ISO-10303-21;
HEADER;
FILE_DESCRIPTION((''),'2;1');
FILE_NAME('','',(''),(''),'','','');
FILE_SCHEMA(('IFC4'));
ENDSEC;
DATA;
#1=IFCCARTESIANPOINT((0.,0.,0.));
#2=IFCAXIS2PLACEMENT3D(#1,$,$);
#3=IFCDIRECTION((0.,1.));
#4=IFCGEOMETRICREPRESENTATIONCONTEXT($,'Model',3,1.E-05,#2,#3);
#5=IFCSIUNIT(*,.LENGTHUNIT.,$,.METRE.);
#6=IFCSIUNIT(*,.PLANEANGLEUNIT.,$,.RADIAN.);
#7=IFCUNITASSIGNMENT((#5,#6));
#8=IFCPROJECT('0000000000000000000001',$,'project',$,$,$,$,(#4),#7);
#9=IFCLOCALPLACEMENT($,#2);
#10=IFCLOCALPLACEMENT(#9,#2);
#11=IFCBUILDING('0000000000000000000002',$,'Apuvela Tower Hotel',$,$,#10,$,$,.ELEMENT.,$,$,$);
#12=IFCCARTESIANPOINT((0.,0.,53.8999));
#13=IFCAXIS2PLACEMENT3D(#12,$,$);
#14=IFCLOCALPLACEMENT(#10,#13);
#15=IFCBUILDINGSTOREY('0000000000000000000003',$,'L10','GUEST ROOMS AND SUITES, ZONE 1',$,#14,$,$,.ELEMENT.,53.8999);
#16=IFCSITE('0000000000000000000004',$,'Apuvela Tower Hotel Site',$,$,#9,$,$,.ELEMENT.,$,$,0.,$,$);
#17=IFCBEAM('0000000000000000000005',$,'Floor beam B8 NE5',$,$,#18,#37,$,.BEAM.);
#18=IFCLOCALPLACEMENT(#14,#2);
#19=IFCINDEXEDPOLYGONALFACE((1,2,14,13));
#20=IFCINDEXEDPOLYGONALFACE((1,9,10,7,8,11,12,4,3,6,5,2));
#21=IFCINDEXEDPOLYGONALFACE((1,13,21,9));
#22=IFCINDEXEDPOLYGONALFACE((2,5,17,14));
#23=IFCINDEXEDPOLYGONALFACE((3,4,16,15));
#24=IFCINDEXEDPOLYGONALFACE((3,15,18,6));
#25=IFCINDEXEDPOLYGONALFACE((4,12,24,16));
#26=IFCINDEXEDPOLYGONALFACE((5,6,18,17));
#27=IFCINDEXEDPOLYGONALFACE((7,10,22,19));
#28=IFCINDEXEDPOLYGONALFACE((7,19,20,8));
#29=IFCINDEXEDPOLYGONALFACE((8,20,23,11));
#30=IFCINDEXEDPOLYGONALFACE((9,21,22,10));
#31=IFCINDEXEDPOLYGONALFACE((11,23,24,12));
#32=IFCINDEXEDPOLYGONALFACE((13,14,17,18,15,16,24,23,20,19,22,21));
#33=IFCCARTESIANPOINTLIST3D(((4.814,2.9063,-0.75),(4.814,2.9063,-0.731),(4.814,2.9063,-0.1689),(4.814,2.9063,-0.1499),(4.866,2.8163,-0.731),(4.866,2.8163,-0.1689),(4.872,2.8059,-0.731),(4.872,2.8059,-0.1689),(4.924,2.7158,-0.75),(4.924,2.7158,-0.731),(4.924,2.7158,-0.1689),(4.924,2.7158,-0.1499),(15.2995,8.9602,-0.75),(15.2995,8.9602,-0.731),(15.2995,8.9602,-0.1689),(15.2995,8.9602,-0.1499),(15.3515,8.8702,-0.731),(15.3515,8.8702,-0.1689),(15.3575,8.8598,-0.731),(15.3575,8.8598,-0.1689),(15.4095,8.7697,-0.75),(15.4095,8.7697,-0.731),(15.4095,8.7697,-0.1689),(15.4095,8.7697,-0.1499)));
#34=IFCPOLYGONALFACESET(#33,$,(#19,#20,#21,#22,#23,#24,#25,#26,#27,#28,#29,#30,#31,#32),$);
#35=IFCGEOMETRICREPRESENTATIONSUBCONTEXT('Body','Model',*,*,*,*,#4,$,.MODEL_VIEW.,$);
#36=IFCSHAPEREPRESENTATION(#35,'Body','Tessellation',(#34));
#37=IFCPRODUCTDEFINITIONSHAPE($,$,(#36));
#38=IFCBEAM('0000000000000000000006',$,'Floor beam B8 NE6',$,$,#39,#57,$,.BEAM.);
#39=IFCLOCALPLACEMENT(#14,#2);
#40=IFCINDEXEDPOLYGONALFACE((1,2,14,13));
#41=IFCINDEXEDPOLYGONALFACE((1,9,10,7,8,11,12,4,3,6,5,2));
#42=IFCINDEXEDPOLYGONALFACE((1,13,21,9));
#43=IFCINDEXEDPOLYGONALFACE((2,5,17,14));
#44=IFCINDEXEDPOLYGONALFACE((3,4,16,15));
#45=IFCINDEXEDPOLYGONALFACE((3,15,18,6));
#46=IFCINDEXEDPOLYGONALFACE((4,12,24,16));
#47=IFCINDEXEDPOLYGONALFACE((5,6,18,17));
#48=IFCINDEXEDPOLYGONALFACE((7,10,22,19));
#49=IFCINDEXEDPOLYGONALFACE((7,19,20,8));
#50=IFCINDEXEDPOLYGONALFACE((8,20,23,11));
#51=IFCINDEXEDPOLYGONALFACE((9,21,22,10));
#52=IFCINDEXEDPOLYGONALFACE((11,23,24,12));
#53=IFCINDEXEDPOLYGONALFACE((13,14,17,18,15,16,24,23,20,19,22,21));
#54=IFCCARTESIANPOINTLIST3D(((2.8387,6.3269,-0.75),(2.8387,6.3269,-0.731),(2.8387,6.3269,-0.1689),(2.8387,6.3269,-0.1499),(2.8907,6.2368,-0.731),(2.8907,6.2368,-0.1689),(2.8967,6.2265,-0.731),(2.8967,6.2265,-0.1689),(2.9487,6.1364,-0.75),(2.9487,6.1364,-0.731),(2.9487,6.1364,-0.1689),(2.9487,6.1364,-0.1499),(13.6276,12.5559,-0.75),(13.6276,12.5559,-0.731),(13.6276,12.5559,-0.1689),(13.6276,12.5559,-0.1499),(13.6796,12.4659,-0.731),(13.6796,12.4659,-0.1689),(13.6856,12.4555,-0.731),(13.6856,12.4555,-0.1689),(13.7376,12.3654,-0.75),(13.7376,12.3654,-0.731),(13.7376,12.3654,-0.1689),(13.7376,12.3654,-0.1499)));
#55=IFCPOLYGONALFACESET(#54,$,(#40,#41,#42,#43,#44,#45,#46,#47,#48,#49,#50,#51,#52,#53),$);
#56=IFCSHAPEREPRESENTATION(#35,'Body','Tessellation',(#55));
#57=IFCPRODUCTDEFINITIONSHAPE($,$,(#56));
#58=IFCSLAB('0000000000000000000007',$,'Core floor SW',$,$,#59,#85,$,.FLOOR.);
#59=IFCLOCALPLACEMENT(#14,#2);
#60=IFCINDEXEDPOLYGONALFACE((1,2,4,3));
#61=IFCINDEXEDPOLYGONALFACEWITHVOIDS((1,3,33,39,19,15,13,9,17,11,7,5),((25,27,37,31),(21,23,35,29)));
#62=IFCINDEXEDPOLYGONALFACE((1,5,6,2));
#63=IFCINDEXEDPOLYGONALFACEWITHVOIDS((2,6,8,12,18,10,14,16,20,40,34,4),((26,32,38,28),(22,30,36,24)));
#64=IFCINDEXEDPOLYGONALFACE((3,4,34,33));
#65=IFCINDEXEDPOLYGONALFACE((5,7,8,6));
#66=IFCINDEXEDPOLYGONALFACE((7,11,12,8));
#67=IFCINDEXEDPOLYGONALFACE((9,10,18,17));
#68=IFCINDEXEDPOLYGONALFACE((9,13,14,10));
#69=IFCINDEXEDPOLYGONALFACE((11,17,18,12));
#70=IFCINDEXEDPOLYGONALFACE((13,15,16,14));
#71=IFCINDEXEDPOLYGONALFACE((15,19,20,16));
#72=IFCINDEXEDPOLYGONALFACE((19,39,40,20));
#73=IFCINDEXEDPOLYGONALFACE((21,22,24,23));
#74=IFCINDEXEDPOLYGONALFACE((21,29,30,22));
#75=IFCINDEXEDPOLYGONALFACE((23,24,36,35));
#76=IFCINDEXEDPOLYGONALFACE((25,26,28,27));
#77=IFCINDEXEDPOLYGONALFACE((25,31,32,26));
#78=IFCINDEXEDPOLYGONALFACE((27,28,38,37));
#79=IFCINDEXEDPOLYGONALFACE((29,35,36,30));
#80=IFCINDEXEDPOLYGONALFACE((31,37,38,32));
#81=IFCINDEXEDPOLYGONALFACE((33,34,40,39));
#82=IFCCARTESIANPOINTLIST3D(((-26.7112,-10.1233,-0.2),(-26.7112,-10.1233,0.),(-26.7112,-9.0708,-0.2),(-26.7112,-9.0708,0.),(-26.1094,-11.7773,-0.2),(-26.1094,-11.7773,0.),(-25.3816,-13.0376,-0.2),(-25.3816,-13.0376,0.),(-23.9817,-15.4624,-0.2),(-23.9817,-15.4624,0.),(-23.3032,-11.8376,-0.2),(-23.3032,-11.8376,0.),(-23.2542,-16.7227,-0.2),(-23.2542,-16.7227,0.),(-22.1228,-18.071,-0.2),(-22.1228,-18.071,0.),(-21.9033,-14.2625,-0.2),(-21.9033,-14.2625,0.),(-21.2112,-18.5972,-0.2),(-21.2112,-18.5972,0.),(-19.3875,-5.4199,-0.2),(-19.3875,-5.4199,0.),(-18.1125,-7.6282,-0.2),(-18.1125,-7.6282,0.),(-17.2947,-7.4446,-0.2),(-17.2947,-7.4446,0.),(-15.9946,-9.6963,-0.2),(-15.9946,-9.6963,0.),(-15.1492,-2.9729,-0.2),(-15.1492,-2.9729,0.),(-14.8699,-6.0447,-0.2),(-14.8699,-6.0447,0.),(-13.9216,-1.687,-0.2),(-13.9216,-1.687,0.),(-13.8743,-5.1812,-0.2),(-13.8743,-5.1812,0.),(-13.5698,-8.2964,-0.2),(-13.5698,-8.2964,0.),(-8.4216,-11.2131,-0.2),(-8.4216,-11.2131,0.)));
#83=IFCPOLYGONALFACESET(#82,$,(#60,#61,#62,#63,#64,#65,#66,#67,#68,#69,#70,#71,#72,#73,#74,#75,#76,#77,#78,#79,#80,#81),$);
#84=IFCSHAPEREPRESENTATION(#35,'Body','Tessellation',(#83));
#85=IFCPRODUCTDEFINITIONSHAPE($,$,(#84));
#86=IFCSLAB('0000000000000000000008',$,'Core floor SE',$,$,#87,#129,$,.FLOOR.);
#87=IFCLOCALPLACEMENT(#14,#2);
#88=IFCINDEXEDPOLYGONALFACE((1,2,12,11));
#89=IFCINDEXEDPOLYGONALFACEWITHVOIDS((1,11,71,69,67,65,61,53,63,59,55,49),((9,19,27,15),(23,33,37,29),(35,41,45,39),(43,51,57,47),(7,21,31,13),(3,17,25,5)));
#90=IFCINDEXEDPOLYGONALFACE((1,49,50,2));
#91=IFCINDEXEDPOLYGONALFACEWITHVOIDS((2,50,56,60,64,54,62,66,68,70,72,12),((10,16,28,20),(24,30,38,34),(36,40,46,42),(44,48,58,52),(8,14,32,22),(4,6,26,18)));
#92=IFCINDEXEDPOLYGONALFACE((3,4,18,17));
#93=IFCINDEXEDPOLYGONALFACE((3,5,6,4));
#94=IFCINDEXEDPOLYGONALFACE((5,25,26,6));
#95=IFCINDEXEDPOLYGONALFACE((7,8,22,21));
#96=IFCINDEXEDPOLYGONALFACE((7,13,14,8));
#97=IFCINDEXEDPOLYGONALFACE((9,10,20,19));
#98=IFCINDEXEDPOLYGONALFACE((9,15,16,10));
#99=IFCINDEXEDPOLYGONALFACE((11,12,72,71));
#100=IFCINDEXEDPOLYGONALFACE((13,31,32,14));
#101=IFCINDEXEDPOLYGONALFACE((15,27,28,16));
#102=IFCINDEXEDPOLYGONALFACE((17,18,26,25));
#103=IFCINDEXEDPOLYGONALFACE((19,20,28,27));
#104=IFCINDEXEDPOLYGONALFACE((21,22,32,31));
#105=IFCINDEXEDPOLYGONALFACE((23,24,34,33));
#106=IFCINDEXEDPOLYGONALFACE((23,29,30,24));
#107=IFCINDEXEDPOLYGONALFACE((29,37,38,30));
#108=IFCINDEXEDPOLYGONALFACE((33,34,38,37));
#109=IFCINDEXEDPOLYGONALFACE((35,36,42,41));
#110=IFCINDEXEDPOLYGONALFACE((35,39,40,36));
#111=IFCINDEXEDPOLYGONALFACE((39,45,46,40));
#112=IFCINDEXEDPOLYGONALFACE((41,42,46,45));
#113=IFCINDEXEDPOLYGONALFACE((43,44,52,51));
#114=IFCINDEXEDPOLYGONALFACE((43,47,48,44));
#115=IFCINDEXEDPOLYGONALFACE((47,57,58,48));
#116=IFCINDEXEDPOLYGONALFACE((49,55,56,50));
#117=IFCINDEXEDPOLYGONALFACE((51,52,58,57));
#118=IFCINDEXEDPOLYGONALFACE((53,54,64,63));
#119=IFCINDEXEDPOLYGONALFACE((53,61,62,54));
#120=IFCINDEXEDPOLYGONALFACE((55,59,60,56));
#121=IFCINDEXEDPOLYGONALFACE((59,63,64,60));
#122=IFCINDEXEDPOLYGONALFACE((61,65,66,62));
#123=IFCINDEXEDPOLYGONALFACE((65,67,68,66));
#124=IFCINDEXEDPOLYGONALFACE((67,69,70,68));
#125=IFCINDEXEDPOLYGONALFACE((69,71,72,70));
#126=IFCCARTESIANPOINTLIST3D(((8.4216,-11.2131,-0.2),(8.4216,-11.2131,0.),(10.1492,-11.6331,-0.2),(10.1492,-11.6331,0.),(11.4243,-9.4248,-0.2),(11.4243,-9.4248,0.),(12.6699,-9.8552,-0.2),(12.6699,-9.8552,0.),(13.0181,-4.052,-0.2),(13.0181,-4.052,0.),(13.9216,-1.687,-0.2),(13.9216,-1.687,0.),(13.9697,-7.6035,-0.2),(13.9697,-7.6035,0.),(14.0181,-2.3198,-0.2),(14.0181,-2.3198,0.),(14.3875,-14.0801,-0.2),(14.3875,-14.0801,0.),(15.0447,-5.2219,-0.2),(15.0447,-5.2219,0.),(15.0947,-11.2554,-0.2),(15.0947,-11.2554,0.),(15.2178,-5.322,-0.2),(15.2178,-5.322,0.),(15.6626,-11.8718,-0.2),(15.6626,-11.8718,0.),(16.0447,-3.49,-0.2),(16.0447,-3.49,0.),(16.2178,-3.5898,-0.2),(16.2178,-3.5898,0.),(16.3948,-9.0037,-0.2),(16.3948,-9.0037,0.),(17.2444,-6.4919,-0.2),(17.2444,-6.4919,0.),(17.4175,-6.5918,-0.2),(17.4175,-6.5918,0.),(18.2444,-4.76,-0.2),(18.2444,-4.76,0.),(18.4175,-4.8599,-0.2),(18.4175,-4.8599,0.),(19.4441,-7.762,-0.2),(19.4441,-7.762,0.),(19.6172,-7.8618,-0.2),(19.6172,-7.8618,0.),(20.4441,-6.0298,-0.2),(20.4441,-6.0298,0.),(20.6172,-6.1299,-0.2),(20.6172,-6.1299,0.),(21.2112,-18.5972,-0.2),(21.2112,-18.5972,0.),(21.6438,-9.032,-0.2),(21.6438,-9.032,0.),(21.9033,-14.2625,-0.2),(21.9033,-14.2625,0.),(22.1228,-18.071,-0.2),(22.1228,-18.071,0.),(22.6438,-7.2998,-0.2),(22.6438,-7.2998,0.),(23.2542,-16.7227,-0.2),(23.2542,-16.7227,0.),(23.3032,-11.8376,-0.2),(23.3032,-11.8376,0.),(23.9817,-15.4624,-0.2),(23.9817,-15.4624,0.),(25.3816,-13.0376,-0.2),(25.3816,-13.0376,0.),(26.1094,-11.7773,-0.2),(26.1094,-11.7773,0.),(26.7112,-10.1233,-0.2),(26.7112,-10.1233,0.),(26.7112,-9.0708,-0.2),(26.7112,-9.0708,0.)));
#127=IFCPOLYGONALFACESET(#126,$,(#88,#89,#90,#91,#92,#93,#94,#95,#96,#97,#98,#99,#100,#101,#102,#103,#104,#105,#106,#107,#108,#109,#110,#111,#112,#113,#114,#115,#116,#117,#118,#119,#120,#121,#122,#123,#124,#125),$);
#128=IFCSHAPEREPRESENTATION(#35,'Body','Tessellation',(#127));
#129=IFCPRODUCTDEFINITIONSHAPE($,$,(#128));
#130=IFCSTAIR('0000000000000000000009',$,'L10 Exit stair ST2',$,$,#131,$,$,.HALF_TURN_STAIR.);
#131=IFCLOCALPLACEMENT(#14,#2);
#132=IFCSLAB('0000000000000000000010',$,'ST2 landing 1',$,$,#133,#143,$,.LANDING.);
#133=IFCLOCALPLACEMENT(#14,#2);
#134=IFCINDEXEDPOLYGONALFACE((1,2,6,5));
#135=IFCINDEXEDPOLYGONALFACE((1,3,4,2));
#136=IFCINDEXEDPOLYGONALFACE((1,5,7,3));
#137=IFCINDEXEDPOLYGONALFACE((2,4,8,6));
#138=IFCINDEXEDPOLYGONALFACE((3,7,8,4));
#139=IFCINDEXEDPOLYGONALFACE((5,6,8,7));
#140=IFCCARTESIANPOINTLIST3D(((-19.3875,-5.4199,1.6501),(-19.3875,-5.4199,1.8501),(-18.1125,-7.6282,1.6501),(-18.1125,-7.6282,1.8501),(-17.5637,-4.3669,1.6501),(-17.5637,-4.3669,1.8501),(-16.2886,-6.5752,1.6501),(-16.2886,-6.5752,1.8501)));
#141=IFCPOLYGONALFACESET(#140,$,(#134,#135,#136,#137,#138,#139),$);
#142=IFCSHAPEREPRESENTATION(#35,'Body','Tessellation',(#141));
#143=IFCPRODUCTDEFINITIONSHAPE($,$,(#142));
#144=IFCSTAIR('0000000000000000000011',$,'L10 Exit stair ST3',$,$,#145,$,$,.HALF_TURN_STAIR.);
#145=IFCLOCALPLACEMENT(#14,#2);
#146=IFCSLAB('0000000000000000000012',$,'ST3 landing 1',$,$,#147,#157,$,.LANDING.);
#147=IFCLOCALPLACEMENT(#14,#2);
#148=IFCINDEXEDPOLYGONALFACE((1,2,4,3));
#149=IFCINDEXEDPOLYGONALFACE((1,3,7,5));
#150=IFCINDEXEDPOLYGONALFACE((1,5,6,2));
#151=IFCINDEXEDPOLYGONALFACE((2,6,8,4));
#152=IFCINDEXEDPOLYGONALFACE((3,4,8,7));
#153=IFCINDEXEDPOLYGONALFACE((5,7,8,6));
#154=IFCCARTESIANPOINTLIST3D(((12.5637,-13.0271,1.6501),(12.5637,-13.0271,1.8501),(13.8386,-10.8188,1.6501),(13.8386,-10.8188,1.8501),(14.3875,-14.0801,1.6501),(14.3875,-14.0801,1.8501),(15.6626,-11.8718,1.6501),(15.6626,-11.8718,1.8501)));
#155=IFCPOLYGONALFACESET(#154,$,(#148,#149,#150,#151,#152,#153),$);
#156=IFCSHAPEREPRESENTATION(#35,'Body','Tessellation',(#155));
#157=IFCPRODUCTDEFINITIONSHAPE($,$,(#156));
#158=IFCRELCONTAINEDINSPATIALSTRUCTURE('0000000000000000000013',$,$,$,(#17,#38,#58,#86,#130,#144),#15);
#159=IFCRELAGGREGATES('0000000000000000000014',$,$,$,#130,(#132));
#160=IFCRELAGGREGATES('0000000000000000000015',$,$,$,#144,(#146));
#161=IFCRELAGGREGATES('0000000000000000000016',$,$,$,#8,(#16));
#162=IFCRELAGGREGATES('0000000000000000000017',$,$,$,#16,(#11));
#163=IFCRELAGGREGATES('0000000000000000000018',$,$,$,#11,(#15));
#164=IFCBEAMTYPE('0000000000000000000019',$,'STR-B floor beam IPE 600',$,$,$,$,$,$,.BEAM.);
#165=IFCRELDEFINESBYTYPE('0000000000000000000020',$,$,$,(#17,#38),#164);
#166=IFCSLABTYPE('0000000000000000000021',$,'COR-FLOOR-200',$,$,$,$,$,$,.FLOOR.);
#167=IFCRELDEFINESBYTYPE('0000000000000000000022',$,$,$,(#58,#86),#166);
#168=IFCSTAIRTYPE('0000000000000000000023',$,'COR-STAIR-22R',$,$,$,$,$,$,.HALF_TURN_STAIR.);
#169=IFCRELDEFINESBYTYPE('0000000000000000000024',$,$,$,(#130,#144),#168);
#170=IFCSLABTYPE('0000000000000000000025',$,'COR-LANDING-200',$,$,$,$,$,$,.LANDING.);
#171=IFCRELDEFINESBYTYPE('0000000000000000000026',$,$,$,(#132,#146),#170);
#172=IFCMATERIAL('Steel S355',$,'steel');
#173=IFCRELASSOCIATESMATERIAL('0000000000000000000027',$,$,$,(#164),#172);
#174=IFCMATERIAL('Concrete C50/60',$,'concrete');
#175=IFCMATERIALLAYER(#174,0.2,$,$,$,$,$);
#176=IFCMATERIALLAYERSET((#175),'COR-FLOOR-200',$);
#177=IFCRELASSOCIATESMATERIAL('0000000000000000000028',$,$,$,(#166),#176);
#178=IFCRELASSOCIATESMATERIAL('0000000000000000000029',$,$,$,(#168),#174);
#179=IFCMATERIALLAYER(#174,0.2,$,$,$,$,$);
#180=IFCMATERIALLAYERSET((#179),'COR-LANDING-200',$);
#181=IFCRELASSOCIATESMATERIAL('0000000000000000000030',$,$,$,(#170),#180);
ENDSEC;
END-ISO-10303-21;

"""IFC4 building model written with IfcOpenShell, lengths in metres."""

from ifc_helpers import new_model, si_unit, direction, frame, origin, origin_2d, place, context, subcontext, project, spatial, polyline, i_section, outline, extrude, material, layer, layer_set, material_profile, profile_set, type_object, element, aggregate, save


model = new_model("IFC4")

# Units and contexts
model_context = context("Model", 3, precision=1e-05, world=origin(), true_north=direction((0.0, 1.0)))
body_context = subcontext(model_context, "Body", "Model", "MODEL_VIEW")
ifc_project = project(units=[si_unit("LENGTHUNIT", "METRE"), si_unit("PLANEANGLEUNIT", "RADIAN")], contexts=[model_context])

# Site, building, storey
site_placement = place(None, origin())
site = spatial("IfcSite", under=ifc_project, at=site_placement, Name="Apuvela Tower Hotel Site", CompositionType="ELEMENT", RefElevation=0.0)
building_placement = place(site_placement, origin())
building = spatial("IfcBuilding", under=site, at=building_placement, Name="Apuvela Tower Hotel", CompositionType="ELEMENT")
storey_placement = place(building_placement, frame((0.0, 0.0, 53.8999)))
storey = spatial("IfcBuildingStorey", under=building, at=storey_placement, Name="L10", Description="GUEST ROOMS AND SUITES, ZONE 1", CompositionType="ELEMENT", Elevation=53.8999)

# Beams
ifc_material_1 = material(Name="Steel S355", Category="steel")
ifc_material_profile = material_profile(ifc_material_1, i_section(OverallWidth=0.22, OverallDepth=0.6001, WebThickness=0.012, FlangeThickness=0.019, at=origin_2d()), Name="IPE 600")
ifc_profile_set = profile_set([ifc_material_profile], Name="Steel S355")
beam_type = type_object("IfcBeamType", Name="STR-B floor beam IPE 600", PredefinedType="BEAM", material=ifc_profile_set)
beam_1_placement = place(storey_placement, frame((15.3545, 8.865, -0.45), z_axis=(-0.866022, -0.500006, 0.0), x_axis=(0.500006, -0.866022, 0.0)))
element("IfcBeam", 1, at=beam_1_placement, inside=storey, type_object=beam_type, Name="Floor beam B8 NE5", PredefinedType="BEAM", context=body_context, shape_type="SweptSolid", body=[
    extrude(i_section(OverallWidth=0.22, OverallDepth=0.6001, WebThickness=0.012, FlangeThickness=0.019, at=origin_2d()), origin(), (0.0, 0.0, 1.0), 12.1077),
])
beam_2_placement = place(storey_placement, frame((13.6826, 12.4607, -0.45), z_axis=(-0.866023, -0.500005, 0.0), x_axis=(0.500005, -0.866023, 0.0)))
element("IfcBeam", 2, at=beam_2_placement, inside=storey, type_object=beam_type, Name="Floor beam B8 NE6", PredefinedType="BEAM", context=body_context, shape_type="SweptSolid", body=[
    extrude(i_section(OverallWidth=0.22, OverallDepth=0.6001, WebThickness=0.012, FlangeThickness=0.019, at=origin_2d()), origin(), (0.0, 0.0, 1.0), 12.458),
])

# Slabs
ifc_material_2 = material(Name="Concrete C50/60", Category="concrete")
ifc_layer_1 = layer(ifc_material_2, 0.2)
ifc_layer_set_1 = layer_set([ifc_layer_1], Name="COR-FLOOR-200")
slab_type_1 = type_object("IfcSlabType", Name="COR-FLOOR-200", PredefinedType="FLOOR", material=ifc_layer_set_1)
slab_1_placement = place(storey_placement, frame((0.0, 0.0, -0.2)))
element("IfcSlab", 3, at=slab_1_placement, inside=storey, type_object=slab_type_1, Name="Core floor SW", PredefinedType="FLOOR", context=body_context, shape_type="SweptSolid", body=[
    extrude(outline(polyline([(-26.7112, -9.0708), (-26.7112, -10.1233), (-26.1094, -11.7773), (-25.3816, -13.0376), (-23.3032, -11.8376), (-21.9033, -14.2625), (-23.9817, -15.4624), (-23.2542, -16.7227), (-22.1228, -18.071), (-21.2112, -18.5972), (-8.4216, -11.2131), (-13.9216, -1.687), (-26.7112, -9.0708)]), holes=[polyline([(-13.8743, -5.1812), (-18.1125, -7.6282), (-19.3875, -5.4199), (-15.1492, -2.9729), (-13.8743, -5.1812)]), polyline([(-13.5698, -8.2964), (-15.9946, -9.6963), (-17.2947, -7.4446), (-14.8699, -6.0447), (-13.5698, -8.2964)])]), origin(), (0.0, 0.0, 1.0), 0.2),
])
slab_2_placement = place(storey_placement, frame((0.0, 0.0, -0.2)))
element("IfcSlab", 4, at=slab_2_placement, inside=storey, type_object=slab_type_1, Name="Core floor SE", PredefinedType="FLOOR", context=body_context, shape_type="SweptSolid", body=[
    extrude(outline(polyline([(21.2112, -18.5972), (22.1228, -18.071), (23.2542, -16.7227), (23.9817, -15.4624), (21.9033, -14.2625), (23.3032, -11.8376), (25.3816, -13.0376), (26.1094, -11.7773), (26.7112, -10.1233), (26.7112, -9.0708), (13.9216, -1.687), (8.4216, -11.2131), (21.2112, -18.5972)]), holes=[polyline([(13.0181, -4.052), (14.0181, -2.3198), (16.0447, -3.49), (15.0447, -5.2219), (13.0181, -4.052)]), polyline([(17.2444, -6.4919), (15.2178, -5.322), (16.2178, -3.5898), (18.2444, -4.76), (17.2444, -6.4919)]), polyline([(14.3875, -14.0801), (10.1492, -11.6331), (11.4243, -9.4248), (15.6626, -11.8718), (14.3875, -14.0801)]), polyline([(12.6699, -9.8552), (13.9697, -7.6035), (16.3948, -9.0037), (15.0947, -11.2554), (12.6699, -9.8552)]), polyline([(19.4441, -7.762), (17.4175, -6.5918), (18.4175, -4.8599), (20.4441, -6.0298), (19.4441, -7.762)]), polyline([(21.6438, -9.032), (19.6172, -7.8618), (20.6172, -6.1299), (22.6438, -7.2998), (21.6438, -9.032)])]), origin(), (0.0, 0.0, 1.0), 0.2),
])

# Stairs, slabs
stair_type = type_object("IfcStairType", Name="COR-STAIR-22R", PredefinedType="HALF_TURN_STAIR", material=ifc_material_2)
stair_1_placement = place(storey_placement, origin())
stair_1 = element("IfcStair", 5, at=stair_1_placement, inside=storey, type_object=stair_type, Name="L10 Exit stair ST2", PredefinedType="HALF_TURN_STAIR")
ifc_layer_2 = layer(ifc_material_2, 0.2)
ifc_layer_set_2 = layer_set([ifc_layer_2], Name="COR-LANDING-200")
slab_type_2 = type_object("IfcSlabType", Name="COR-LANDING-200", PredefinedType="LANDING", material=ifc_layer_set_2)
slab_3_placement = place(storey_placement, frame((0.0, 0.0, 1.6501)))
slab_3 = element("IfcSlab", 6, at=slab_3_placement, type_object=slab_type_2, Name="ST2 landing 1", PredefinedType="LANDING", context=body_context, shape_type="SweptSolid", body=[
    extrude(outline(polyline([(-17.5637, -4.3669), (-19.3875, -5.4199), (-18.1125, -7.6282), (-16.2886, -6.5752), (-17.5637, -4.3669)])), origin(), (0.0, 0.0, 1.0), 0.2),
])
aggregate(stair_1, [slab_3])
stair_2_placement = place(storey_placement, origin())
stair_2 = element("IfcStair", 7, at=stair_2_placement, inside=storey, type_object=stair_type, Name="L10 Exit stair ST3", PredefinedType="HALF_TURN_STAIR")
slab_4_placement = place(storey_placement, frame((0.0, 0.0, 1.6501)))
slab_4 = element("IfcSlab", 8, at=slab_4_placement, type_object=slab_type_2, Name="ST3 landing 1", PredefinedType="LANDING", context=body_context, shape_type="SweptSolid", body=[
    extrude(outline(polyline([(12.5637, -13.0271), (14.3875, -14.0801), (15.6626, -11.8718), (13.8386, -10.8188), (12.5637, -13.0271)])), origin(), (0.0, 0.0, 1.0), 0.2),
])
aggregate(stair_2, [slab_4])

save(model, "model.ifc")
